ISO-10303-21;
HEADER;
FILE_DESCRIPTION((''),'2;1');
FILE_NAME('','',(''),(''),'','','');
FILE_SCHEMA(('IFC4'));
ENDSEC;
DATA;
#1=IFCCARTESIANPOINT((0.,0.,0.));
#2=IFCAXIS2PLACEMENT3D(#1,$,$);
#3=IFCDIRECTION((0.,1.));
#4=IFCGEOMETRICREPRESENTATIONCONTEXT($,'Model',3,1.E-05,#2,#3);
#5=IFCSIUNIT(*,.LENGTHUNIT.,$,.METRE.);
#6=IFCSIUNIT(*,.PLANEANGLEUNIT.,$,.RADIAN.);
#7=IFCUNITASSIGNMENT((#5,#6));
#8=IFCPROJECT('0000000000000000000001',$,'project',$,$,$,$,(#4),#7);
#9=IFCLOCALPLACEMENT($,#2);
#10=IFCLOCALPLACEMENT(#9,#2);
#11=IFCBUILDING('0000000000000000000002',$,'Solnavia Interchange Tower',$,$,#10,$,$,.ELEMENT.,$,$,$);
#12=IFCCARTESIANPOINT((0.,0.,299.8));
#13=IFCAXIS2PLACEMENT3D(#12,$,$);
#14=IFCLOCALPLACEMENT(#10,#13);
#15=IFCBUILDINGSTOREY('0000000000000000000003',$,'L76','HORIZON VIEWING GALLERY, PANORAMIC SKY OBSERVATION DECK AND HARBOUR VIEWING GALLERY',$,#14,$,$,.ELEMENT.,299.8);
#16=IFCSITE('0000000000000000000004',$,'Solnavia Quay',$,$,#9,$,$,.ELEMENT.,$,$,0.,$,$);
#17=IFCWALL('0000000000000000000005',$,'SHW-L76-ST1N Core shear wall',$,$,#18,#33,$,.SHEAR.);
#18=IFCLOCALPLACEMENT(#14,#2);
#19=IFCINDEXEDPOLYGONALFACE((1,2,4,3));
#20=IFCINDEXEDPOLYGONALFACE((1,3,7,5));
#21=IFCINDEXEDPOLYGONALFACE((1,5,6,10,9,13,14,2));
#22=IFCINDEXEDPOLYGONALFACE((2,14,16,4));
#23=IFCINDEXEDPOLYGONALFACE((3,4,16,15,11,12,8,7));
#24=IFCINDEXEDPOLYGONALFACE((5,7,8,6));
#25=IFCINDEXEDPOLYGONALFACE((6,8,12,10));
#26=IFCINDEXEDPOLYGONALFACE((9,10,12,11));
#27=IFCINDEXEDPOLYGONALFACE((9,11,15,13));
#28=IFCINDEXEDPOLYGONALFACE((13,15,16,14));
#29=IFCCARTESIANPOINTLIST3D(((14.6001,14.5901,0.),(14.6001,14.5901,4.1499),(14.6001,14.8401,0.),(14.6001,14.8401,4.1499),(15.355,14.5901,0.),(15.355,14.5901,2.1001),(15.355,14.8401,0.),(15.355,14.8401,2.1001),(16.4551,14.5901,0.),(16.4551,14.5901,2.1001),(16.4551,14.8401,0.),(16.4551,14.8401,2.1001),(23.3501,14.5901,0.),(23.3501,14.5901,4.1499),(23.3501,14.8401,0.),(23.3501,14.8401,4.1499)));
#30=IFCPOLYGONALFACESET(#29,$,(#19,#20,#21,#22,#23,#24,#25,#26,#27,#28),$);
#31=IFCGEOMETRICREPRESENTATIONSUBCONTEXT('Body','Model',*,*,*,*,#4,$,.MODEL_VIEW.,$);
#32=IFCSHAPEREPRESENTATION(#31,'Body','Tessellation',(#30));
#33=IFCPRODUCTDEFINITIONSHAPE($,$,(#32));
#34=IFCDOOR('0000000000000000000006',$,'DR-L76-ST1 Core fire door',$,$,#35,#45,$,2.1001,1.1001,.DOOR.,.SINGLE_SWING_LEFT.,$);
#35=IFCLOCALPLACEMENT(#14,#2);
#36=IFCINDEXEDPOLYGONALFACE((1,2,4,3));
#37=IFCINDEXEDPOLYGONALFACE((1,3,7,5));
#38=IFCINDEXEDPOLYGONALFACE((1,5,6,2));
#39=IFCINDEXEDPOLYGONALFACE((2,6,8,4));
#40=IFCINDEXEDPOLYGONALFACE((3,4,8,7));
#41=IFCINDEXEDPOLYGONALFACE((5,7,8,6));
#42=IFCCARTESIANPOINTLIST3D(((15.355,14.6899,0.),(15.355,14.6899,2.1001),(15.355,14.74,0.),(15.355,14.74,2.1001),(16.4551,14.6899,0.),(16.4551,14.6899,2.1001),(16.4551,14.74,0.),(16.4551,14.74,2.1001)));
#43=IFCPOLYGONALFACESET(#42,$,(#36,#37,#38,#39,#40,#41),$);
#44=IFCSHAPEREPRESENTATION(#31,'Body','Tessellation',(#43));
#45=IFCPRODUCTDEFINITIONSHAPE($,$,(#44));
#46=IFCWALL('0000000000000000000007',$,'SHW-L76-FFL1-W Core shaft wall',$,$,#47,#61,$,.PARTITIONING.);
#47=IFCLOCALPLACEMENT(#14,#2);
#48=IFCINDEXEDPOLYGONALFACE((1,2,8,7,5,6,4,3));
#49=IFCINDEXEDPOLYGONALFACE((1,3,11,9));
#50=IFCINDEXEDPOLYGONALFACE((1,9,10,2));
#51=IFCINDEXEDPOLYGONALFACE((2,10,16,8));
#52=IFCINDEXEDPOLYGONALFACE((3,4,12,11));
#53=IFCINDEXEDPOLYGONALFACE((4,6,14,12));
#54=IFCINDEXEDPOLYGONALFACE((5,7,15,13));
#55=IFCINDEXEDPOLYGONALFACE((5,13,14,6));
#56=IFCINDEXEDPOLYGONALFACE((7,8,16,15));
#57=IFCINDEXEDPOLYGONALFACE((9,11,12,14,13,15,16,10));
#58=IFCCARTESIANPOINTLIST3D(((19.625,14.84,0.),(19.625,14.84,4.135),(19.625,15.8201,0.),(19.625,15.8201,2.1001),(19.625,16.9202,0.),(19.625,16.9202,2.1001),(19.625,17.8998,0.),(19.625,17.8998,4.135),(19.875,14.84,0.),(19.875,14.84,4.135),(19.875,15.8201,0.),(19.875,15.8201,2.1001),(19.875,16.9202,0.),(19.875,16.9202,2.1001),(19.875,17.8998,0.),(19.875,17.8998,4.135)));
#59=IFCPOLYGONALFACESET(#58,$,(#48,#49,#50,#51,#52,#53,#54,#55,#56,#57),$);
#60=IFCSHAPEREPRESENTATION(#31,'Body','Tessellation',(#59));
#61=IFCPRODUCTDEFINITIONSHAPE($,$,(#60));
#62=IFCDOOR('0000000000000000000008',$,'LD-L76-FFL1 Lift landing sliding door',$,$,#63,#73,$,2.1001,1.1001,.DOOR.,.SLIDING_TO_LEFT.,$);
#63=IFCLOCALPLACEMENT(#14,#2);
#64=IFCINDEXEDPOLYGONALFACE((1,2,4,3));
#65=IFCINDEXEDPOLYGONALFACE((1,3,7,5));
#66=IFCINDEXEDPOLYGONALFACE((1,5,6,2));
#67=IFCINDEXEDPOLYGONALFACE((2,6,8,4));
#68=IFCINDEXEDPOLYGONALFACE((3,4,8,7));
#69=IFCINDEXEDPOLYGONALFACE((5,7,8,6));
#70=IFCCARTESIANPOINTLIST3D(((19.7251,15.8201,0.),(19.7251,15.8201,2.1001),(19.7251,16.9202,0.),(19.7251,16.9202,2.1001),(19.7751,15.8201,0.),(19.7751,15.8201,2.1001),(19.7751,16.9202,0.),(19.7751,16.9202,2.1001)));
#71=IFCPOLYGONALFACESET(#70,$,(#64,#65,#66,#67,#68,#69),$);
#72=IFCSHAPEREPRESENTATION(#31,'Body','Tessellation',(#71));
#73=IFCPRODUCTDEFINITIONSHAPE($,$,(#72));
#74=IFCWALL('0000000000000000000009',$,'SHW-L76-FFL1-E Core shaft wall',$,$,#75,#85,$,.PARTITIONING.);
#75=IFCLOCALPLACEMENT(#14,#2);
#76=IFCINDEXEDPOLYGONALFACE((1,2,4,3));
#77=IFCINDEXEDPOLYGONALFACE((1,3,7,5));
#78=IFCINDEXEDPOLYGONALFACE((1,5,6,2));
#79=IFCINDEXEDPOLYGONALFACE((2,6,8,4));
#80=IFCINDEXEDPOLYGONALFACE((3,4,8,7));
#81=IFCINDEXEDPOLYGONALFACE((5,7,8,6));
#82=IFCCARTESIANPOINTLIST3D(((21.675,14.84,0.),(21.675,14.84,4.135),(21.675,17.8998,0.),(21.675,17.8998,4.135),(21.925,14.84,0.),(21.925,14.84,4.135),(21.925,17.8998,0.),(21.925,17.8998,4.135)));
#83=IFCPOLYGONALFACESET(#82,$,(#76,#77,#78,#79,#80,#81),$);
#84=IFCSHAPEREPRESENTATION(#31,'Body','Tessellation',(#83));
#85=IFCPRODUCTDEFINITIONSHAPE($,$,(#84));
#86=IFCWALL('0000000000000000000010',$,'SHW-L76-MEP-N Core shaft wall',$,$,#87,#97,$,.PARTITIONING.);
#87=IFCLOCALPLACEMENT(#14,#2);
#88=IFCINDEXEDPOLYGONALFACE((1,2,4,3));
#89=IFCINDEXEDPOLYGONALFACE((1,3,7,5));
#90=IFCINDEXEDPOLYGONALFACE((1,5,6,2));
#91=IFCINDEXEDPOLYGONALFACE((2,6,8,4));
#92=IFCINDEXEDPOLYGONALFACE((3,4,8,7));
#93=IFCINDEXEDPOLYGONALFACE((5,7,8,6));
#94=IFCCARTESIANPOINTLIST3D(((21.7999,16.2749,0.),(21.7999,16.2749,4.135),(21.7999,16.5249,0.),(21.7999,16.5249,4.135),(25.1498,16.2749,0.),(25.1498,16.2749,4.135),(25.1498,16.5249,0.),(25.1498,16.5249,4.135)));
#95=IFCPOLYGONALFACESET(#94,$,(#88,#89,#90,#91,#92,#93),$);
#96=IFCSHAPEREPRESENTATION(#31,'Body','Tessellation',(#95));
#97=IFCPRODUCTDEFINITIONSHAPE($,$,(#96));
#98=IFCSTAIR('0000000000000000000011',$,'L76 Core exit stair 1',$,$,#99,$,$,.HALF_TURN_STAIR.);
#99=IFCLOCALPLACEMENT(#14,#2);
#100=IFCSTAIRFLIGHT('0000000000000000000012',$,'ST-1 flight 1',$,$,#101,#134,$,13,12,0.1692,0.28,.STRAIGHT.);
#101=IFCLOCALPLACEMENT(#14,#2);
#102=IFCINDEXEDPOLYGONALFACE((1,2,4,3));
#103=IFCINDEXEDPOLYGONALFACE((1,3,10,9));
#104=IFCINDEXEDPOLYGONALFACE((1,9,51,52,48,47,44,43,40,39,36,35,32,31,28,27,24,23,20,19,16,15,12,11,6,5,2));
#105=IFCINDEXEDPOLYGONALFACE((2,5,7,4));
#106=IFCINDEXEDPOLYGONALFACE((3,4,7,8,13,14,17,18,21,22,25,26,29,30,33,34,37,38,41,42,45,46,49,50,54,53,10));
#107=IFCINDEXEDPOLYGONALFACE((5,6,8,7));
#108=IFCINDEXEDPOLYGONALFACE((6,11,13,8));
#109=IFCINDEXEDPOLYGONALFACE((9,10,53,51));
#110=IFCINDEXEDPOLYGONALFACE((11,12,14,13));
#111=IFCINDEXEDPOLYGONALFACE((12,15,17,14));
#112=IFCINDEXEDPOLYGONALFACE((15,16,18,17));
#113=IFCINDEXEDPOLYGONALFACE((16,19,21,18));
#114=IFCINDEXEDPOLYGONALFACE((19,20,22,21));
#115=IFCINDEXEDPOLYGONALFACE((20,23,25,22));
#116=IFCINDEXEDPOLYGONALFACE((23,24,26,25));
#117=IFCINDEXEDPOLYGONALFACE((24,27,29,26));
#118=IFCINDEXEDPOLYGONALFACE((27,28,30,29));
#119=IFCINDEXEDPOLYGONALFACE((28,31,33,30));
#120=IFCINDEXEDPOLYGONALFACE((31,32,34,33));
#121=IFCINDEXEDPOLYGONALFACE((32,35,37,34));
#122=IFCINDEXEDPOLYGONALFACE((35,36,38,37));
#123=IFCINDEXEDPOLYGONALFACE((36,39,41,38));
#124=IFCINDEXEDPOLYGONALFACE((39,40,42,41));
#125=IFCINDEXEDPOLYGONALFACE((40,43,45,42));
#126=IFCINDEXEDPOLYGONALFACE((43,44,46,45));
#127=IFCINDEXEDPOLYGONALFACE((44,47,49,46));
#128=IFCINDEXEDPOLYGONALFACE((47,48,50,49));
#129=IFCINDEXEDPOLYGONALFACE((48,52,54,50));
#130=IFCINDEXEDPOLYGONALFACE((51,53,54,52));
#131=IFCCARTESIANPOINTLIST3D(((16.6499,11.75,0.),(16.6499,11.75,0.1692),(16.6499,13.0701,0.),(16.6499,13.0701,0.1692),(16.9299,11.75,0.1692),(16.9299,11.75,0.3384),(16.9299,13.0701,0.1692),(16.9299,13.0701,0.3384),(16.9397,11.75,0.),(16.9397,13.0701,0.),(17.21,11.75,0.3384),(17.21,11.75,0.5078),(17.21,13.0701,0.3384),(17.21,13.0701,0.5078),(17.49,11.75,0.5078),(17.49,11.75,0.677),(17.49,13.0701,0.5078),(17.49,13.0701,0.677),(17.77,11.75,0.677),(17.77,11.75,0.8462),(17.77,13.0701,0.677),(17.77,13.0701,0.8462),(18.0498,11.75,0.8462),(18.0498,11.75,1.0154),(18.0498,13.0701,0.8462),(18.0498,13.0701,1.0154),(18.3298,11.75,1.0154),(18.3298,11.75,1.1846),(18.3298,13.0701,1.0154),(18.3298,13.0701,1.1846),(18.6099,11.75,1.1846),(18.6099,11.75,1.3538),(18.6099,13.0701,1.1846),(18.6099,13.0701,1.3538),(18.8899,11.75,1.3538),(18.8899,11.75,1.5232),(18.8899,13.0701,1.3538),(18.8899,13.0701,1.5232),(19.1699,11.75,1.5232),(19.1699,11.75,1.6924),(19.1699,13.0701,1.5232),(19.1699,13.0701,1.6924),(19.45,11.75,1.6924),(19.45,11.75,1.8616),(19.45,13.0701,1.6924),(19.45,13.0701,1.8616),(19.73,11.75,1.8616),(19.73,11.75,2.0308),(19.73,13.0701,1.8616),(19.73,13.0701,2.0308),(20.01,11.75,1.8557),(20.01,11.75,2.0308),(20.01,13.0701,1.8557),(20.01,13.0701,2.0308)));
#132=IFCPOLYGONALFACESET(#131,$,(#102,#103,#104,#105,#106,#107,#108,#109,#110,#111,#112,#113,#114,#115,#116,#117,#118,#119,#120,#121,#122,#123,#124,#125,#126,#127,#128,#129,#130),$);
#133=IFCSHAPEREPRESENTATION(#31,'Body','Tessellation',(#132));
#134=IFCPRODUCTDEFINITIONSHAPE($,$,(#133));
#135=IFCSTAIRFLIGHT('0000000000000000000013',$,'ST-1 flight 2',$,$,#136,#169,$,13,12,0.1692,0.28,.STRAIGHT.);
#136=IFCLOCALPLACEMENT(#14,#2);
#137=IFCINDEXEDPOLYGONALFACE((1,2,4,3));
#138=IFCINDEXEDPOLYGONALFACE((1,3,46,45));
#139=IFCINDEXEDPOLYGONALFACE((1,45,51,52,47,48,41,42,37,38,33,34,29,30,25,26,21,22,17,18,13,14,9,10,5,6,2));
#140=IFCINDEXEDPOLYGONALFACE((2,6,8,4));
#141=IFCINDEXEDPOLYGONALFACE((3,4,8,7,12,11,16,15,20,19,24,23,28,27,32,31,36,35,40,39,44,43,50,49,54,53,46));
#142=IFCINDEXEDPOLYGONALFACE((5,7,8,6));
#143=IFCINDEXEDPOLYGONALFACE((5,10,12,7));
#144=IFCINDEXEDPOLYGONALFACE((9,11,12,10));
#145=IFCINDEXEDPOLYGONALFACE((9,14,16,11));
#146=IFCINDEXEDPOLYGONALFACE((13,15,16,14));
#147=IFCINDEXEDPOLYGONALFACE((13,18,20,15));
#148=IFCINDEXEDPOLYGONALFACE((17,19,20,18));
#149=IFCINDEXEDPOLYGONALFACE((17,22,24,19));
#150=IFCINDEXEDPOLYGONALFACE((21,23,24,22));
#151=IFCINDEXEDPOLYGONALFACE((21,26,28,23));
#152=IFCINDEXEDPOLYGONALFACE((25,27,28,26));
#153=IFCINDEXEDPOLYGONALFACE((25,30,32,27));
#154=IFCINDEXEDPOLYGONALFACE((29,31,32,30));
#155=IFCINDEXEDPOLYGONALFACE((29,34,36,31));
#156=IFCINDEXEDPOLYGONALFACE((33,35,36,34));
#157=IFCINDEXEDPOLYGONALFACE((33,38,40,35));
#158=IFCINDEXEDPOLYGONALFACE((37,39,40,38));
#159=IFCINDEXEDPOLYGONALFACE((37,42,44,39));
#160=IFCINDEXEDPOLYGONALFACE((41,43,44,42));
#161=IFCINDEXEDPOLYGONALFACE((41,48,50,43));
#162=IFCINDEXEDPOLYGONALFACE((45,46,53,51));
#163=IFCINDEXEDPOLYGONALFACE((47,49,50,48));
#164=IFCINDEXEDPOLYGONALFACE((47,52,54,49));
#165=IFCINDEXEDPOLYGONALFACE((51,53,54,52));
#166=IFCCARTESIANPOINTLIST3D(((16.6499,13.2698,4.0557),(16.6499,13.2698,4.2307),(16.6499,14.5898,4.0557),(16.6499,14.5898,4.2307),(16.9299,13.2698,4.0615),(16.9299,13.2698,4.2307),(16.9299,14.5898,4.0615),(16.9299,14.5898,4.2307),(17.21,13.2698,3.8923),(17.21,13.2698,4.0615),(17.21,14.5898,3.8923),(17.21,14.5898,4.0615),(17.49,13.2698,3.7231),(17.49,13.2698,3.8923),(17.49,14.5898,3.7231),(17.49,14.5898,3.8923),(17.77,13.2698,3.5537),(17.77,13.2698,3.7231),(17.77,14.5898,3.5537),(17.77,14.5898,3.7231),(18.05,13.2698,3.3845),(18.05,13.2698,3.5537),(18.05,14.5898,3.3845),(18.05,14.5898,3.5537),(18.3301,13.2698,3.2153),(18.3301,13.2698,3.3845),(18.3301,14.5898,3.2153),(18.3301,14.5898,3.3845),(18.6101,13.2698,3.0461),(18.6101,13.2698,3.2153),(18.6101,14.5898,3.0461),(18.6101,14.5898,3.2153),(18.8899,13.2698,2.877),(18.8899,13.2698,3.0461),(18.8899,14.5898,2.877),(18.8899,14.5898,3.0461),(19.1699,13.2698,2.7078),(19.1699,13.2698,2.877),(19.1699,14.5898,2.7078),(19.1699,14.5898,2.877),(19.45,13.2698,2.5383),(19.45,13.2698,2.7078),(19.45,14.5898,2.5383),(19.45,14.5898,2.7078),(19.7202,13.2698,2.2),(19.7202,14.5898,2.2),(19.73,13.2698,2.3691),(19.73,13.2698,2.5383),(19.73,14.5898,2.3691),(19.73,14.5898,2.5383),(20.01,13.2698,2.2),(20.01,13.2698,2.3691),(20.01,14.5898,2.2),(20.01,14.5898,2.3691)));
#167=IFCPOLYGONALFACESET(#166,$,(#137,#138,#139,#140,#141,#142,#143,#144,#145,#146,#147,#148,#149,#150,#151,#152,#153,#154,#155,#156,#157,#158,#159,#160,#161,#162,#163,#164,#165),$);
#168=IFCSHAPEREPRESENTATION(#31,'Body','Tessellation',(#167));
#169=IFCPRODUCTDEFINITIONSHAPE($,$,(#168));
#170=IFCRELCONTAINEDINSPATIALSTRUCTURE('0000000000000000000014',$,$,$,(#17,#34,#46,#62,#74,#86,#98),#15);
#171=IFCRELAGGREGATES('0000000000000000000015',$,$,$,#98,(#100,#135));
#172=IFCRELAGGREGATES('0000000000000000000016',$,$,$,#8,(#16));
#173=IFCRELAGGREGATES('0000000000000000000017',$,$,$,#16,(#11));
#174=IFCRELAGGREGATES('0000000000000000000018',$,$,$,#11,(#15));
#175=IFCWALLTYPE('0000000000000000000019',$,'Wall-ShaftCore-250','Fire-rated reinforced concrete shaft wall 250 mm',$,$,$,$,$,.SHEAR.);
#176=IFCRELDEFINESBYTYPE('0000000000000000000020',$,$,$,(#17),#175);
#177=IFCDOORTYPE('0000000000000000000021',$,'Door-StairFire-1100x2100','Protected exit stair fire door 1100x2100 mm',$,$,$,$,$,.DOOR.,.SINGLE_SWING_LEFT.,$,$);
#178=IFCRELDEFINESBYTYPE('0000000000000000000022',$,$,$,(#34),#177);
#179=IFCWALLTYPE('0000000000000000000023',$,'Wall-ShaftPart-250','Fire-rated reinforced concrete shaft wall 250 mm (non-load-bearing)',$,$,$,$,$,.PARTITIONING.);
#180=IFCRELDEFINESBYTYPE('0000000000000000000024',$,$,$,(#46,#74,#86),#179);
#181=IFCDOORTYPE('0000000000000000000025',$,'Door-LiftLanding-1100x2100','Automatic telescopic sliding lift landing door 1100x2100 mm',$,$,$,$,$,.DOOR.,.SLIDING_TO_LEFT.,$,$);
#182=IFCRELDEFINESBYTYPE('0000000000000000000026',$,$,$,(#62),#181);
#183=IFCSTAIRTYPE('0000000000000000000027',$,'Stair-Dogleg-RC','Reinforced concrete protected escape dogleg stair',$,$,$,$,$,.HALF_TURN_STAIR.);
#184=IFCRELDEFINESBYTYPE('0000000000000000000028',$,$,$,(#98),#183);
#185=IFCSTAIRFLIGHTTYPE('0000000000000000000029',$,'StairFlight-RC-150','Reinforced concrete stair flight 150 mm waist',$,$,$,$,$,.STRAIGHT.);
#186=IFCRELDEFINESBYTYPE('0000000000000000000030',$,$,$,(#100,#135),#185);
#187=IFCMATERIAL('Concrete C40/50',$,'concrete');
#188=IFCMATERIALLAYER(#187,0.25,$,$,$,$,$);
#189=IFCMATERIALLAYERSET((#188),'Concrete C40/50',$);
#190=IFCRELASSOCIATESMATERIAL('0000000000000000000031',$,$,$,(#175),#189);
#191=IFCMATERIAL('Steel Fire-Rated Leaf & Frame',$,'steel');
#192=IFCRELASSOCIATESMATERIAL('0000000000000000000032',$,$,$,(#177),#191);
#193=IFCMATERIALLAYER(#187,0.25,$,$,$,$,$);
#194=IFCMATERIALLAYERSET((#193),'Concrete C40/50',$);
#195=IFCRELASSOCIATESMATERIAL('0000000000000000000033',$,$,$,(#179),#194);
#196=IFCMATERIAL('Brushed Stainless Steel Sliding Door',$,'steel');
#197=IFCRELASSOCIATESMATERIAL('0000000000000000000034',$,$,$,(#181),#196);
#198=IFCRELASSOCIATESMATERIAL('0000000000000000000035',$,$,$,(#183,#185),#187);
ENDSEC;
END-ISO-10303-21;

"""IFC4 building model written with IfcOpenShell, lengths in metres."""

from ifc_helpers import new_model, si_unit, direction, frame, frame_2d, origin, place, context, subcontext, project, spatial, polyline, rectangle, outline, extrude, material, layer, layer_set, type_object, element, fill, aggregate, save


model = new_model("IFC4")

# Units and contexts
model_context = context("Model", 3, precision=1e-05, world=origin(), true_north=direction((0.0, 1.0)))
body_context = subcontext(model_context, "Body", "Model", "MODEL_VIEW")
ifc_project = project(units=[si_unit("LENGTHUNIT", "METRE"), si_unit("PLANEANGLEUNIT", "RADIAN")], contexts=[model_context])

# Site, building, storey
site_placement = place(None, origin())
site = spatial("IfcSite", under=ifc_project, at=site_placement, Name="Solnavia Quay", CompositionType="ELEMENT", RefElevation=0.0)
building_placement = place(site_placement, origin())
building = spatial("IfcBuilding", under=site, at=building_placement, Name="Solnavia Interchange Tower", CompositionType="ELEMENT")
storey_placement = place(building_placement, frame((0.0, 0.0, 299.8)))
storey = spatial("IfcBuildingStorey", under=building, at=storey_placement, Name="L76", Description="HORIZON VIEWING GALLERY, PANORAMIC SKY OBSERVATION DECK AND HARBOUR VIEWING GALLERY", CompositionType="ELEMENT", Elevation=299.8)

# Shared definitions
ifc_material_1 = material(Name="Concrete C40/50", Category="concrete")

# Walls, openings, doors
ifc_layer_1 = layer(ifc_material_1, 0.25)
ifc_layer_set_1 = layer_set([ifc_layer_1], Name="Concrete C40/50")
wall_type_1 = type_object("IfcWallType", Name="Wall-ShaftCore-250", Description="Fire-rated reinforced concrete shaft wall 250 mm", PredefinedType="SHEAR", material=ifc_layer_set_1)
wall_1_placement = place(storey_placement, frame((14.6001, 14.7151, 0.0), z_axis=(0.0, 0.0, 1.0), x_axis=(1.0, 0.0, 0.0)))
wall_1 = element("IfcWall", 1, at=wall_1_placement, inside=storey, type_object=wall_type_1, Name="SHW-L76-ST1N Core shear wall", PredefinedType="SHEAR", context=body_context, shape_type="SweptSolid", body=[
    extrude(rectangle(XDim=8.75, YDim=0.25, at=frame_2d((4.375, 0.0))), origin(), (0.0, 0.0, 1.0), 4.1499),
])
opening_1_placement = place(wall_1_placement, frame((0.7549, 0.0, 0.0)))
opening_1 = element("IfcOpeningElement", 2, at=opening_1_placement, cuts=wall_1, PredefinedType="OPENING", context=body_context, shape_type="SweptSolid", body=[
    extrude(rectangle(XDim=1.1001, YDim=2.1001, at=frame_2d((0.55, 1.05))), frame((0.0, 0.135, 0.0), z_axis=(0.0, -1.0, 0.0), x_axis=(1.0, 0.0, 0.0)), (0.0, 0.0, 1.0), 0.27),
])
ifc_material_2 = material(Name="Steel Fire-Rated Leaf & Frame", Category="steel")
door_type_1 = type_object("IfcDoorType", Name="Door-StairFire-1100x2100", Description="Protected exit stair fire door 1100x2100 mm", OperationType="SINGLE_SWING_LEFT", PredefinedType="DOOR", material=ifc_material_2)
door_1_placement = place(opening_1_placement, origin())
door_1 = element("IfcDoor", 3, at=door_1_placement, inside=storey, type_object=door_type_1, Name="DR-L76-ST1 Core fire door", OperationType="SINGLE_SWING_LEFT", OverallHeight=2.1001, OverallWidth=1.1001, PredefinedType="DOOR", context=body_context, shape_type="SweptSolid", body=[
    extrude(rectangle(XDim=1.1001, YDim=2.1001, at=frame_2d((0.55, 1.05))), frame((0.0, 0.0249, 0.0), z_axis=(0.0, -1.0, 0.0), x_axis=(1.0, 0.0, 0.0)), (0.0, 0.0, 1.0), 0.05),
])
fill(opening_1, door_1)
ifc_layer_2 = layer(ifc_material_1, 0.25)
ifc_layer_set_2 = layer_set([ifc_layer_2], Name="Concrete C40/50")
wall_type_2 = type_object("IfcWallType", Name="Wall-ShaftPart-250", Description="Fire-rated reinforced concrete shaft wall 250 mm (non-load-bearing)", PredefinedType="PARTITIONING", material=ifc_layer_set_2)
wall_2_placement = place(storey_placement, frame((19.75, 14.8401, 0.0), z_axis=(0.0, 0.0, 1.0), x_axis=(0.0, 1.0, 0.0)))
wall_2 = element("IfcWall", 4, at=wall_2_placement, inside=storey, type_object=wall_type_2, Name="SHW-L76-FFL1-W Core shaft wall", PredefinedType="PARTITIONING", context=body_context, shape_type="SweptSolid", body=[
    extrude(rectangle(XDim=3.0598, YDim=0.25, at=frame_2d((1.5298, 0.0))), origin(), (0.0, 0.0, 1.0), 4.135),
])
opening_2_placement = place(wall_2_placement, frame((0.98, 0.0, 0.0)))
opening_2 = element("IfcOpeningElement", 5, at=opening_2_placement, cuts=wall_2, PredefinedType="OPENING", context=body_context, shape_type="SweptSolid", body=[
    extrude(rectangle(XDim=1.1001, YDim=2.1001, at=frame_2d((0.55, 1.05))), frame((0.0, 0.135, 0.0), z_axis=(0.0, -1.0, 0.0), x_axis=(1.0, 0.0, 0.0)), (0.0, 0.0, 1.0), 0.27),
])
ifc_material_3 = material(Name="Brushed Stainless Steel Sliding Door", Category="steel")
door_type_2 = type_object("IfcDoorType", Name="Door-LiftLanding-1100x2100", Description="Automatic telescopic sliding lift landing door 1100x2100 mm", OperationType="SLIDING_TO_LEFT", PredefinedType="DOOR", material=ifc_material_3)
door_2_placement = place(opening_2_placement, origin())
door_2 = element("IfcDoor", 6, at=door_2_placement, inside=storey, type_object=door_type_2, Name="LD-L76-FFL1 Lift landing sliding door", OperationType="SLIDING_TO_LEFT", OverallHeight=2.1001, OverallWidth=1.1001, PredefinedType="DOOR", context=body_context, shape_type="SweptSolid", body=[
    extrude(rectangle(XDim=1.1001, YDim=2.1001, at=frame_2d((0.55, 1.05))), frame((0.0, 0.0249, 0.0), z_axis=(0.0, -1.0, 0.0), x_axis=(1.0, 0.0, 0.0)), (0.0, 0.0, 1.0), 0.05),
])
fill(opening_2, door_2)

# Walls
wall_3_placement = place(storey_placement, frame((21.8, 14.8401, 0.0), z_axis=(0.0, 0.0, 1.0), x_axis=(0.0, 1.0, 0.0)))
element("IfcWall", 7, at=wall_3_placement, inside=storey, type_object=wall_type_2, Name="SHW-L76-FFL1-E Core shaft wall", PredefinedType="PARTITIONING", context=body_context, shape_type="SweptSolid", body=[
    extrude(rectangle(XDim=3.0598, YDim=0.25, at=frame_2d((1.5298, 0.0))), origin(), (0.0, 0.0, 1.0), 4.135),
])
wall_4_placement = place(storey_placement, frame((21.8, 16.3999, 0.0), z_axis=(0.0, 0.0, 1.0), x_axis=(1.0, 0.0, 0.0)))
element("IfcWall", 8, at=wall_4_placement, inside=storey, type_object=wall_type_2, Name="SHW-L76-MEP-N Core shaft wall", PredefinedType="PARTITIONING", context=body_context, shape_type="SweptSolid", body=[
    extrude(rectangle(XDim=3.3499, YDim=0.25, at=frame_2d((1.6748, 0.0))), origin(), (0.0, 0.0, 1.0), 4.135),
])

# Stair, stair flights
stair_type = type_object("IfcStairType", Name="Stair-Dogleg-RC", Description="Reinforced concrete protected escape dogleg stair", PredefinedType="HALF_TURN_STAIR", material=ifc_material_1)
stair_placement = place(storey_placement, origin())
stair = element("IfcStair", 9, at=stair_placement, inside=storey, type_object=stair_type, Name="L76 Core exit stair 1", PredefinedType="HALF_TURN_STAIR")
stair_flight_type = type_object("IfcStairFlightType", Name="StairFlight-RC-150", Description="Reinforced concrete stair flight 150 mm waist", PredefinedType="STRAIGHT", material=ifc_material_1)
stair_flight_1_placement = place(storey_placement, frame((16.6499, 12.4099, 0.0), z_axis=(0.0, 0.0, 1.0), x_axis=(1.0, 0.0, 0.0)))
stair_flight_1 = element("IfcStairFlight", 10, at=stair_flight_1_placement, type_object=stair_flight_type, Name="ST-1 flight 1", NumberOfRisers=13, NumberOfTreads=12, PredefinedType="STRAIGHT", RiserHeight=0.1692, TreadLength=0.28, context=body_context, shape_type="SweptSolid", body=[
    extrude(outline(polyline([(0.0, 0.0), (0.0, 0.1692), (0.28, 0.1692), (0.28, 0.3384), (0.5601, 0.3384), (0.5601, 0.5078), (0.8401, 0.5078), (0.8401, 0.677), (1.1201, 0.677), (1.1201, 0.8462), (1.3999, 0.8462), (1.3999, 1.0154), (1.6799, 1.0154), (1.6799, 1.1846), (1.96, 1.1846), (1.96, 1.3538), (2.24, 1.3538), (2.24, 1.5232), (2.52, 1.5232), (2.52, 1.6924), (2.8, 1.6924), (2.8, 1.8616), (3.0801, 1.8616), (3.0801, 2.0308), (3.3601, 2.0308), (3.3601, 2.2), (3.3601, 1.8557), (0.2898, 0.0), (0.0, 0.0)])), frame((0.0, 0.6602, 0.0), z_axis=(0.0, -1.0, 0.0), x_axis=(1.0, 0.0, 0.0)), (0.0, 0.0, 1.0), 1.3201),
])
stair_flight_2_placement = place(storey_placement, frame((20.01, 13.9299, 2.2), z_axis=(0.0, 0.0, 1.0), x_axis=(-1.0, 0.0, 0.0)))
stair_flight_2 = element("IfcStairFlight", 11, at=stair_flight_2_placement, type_object=stair_flight_type, Name="ST-1 flight 2", NumberOfRisers=13, NumberOfTreads=12, PredefinedType="STRAIGHT", RiserHeight=0.1692, TreadLength=0.28, context=body_context, shape_type="SweptSolid", body=[
    extrude(outline(polyline([(0.0, 0.0), (0.0, 0.1692), (0.28, 0.1692), (0.28, 0.3384), (0.5601, 0.3384), (0.5601, 0.5078), (0.8401, 0.5078), (0.8401, 0.677), (1.1201, 0.677), (1.1201, 0.8462), (1.3999, 0.8462), (1.3999, 1.0154), (1.6799, 1.0154), (1.6799, 1.1846), (1.96, 1.1846), (1.96, 1.3538), (2.24, 1.3538), (2.24, 1.5232), (2.52, 1.5232), (2.52, 1.6924), (2.8, 1.6924), (2.8, 1.8616), (3.0801, 1.8616), (3.0801, 2.0308), (3.3601, 2.0308), (3.3601, 2.2), (3.3601, 1.8557), (0.2898, 0.0), (0.0, 0.0)])), frame((0.0, 0.6602, 0.0), z_axis=(0.0, -1.0, 0.0), x_axis=(1.0, 0.0, 0.0)), (0.0, 0.0, 1.0), 1.3201),
])
aggregate(stair, [stair_flight_1, stair_flight_2])

save(model, "model.ifc")
